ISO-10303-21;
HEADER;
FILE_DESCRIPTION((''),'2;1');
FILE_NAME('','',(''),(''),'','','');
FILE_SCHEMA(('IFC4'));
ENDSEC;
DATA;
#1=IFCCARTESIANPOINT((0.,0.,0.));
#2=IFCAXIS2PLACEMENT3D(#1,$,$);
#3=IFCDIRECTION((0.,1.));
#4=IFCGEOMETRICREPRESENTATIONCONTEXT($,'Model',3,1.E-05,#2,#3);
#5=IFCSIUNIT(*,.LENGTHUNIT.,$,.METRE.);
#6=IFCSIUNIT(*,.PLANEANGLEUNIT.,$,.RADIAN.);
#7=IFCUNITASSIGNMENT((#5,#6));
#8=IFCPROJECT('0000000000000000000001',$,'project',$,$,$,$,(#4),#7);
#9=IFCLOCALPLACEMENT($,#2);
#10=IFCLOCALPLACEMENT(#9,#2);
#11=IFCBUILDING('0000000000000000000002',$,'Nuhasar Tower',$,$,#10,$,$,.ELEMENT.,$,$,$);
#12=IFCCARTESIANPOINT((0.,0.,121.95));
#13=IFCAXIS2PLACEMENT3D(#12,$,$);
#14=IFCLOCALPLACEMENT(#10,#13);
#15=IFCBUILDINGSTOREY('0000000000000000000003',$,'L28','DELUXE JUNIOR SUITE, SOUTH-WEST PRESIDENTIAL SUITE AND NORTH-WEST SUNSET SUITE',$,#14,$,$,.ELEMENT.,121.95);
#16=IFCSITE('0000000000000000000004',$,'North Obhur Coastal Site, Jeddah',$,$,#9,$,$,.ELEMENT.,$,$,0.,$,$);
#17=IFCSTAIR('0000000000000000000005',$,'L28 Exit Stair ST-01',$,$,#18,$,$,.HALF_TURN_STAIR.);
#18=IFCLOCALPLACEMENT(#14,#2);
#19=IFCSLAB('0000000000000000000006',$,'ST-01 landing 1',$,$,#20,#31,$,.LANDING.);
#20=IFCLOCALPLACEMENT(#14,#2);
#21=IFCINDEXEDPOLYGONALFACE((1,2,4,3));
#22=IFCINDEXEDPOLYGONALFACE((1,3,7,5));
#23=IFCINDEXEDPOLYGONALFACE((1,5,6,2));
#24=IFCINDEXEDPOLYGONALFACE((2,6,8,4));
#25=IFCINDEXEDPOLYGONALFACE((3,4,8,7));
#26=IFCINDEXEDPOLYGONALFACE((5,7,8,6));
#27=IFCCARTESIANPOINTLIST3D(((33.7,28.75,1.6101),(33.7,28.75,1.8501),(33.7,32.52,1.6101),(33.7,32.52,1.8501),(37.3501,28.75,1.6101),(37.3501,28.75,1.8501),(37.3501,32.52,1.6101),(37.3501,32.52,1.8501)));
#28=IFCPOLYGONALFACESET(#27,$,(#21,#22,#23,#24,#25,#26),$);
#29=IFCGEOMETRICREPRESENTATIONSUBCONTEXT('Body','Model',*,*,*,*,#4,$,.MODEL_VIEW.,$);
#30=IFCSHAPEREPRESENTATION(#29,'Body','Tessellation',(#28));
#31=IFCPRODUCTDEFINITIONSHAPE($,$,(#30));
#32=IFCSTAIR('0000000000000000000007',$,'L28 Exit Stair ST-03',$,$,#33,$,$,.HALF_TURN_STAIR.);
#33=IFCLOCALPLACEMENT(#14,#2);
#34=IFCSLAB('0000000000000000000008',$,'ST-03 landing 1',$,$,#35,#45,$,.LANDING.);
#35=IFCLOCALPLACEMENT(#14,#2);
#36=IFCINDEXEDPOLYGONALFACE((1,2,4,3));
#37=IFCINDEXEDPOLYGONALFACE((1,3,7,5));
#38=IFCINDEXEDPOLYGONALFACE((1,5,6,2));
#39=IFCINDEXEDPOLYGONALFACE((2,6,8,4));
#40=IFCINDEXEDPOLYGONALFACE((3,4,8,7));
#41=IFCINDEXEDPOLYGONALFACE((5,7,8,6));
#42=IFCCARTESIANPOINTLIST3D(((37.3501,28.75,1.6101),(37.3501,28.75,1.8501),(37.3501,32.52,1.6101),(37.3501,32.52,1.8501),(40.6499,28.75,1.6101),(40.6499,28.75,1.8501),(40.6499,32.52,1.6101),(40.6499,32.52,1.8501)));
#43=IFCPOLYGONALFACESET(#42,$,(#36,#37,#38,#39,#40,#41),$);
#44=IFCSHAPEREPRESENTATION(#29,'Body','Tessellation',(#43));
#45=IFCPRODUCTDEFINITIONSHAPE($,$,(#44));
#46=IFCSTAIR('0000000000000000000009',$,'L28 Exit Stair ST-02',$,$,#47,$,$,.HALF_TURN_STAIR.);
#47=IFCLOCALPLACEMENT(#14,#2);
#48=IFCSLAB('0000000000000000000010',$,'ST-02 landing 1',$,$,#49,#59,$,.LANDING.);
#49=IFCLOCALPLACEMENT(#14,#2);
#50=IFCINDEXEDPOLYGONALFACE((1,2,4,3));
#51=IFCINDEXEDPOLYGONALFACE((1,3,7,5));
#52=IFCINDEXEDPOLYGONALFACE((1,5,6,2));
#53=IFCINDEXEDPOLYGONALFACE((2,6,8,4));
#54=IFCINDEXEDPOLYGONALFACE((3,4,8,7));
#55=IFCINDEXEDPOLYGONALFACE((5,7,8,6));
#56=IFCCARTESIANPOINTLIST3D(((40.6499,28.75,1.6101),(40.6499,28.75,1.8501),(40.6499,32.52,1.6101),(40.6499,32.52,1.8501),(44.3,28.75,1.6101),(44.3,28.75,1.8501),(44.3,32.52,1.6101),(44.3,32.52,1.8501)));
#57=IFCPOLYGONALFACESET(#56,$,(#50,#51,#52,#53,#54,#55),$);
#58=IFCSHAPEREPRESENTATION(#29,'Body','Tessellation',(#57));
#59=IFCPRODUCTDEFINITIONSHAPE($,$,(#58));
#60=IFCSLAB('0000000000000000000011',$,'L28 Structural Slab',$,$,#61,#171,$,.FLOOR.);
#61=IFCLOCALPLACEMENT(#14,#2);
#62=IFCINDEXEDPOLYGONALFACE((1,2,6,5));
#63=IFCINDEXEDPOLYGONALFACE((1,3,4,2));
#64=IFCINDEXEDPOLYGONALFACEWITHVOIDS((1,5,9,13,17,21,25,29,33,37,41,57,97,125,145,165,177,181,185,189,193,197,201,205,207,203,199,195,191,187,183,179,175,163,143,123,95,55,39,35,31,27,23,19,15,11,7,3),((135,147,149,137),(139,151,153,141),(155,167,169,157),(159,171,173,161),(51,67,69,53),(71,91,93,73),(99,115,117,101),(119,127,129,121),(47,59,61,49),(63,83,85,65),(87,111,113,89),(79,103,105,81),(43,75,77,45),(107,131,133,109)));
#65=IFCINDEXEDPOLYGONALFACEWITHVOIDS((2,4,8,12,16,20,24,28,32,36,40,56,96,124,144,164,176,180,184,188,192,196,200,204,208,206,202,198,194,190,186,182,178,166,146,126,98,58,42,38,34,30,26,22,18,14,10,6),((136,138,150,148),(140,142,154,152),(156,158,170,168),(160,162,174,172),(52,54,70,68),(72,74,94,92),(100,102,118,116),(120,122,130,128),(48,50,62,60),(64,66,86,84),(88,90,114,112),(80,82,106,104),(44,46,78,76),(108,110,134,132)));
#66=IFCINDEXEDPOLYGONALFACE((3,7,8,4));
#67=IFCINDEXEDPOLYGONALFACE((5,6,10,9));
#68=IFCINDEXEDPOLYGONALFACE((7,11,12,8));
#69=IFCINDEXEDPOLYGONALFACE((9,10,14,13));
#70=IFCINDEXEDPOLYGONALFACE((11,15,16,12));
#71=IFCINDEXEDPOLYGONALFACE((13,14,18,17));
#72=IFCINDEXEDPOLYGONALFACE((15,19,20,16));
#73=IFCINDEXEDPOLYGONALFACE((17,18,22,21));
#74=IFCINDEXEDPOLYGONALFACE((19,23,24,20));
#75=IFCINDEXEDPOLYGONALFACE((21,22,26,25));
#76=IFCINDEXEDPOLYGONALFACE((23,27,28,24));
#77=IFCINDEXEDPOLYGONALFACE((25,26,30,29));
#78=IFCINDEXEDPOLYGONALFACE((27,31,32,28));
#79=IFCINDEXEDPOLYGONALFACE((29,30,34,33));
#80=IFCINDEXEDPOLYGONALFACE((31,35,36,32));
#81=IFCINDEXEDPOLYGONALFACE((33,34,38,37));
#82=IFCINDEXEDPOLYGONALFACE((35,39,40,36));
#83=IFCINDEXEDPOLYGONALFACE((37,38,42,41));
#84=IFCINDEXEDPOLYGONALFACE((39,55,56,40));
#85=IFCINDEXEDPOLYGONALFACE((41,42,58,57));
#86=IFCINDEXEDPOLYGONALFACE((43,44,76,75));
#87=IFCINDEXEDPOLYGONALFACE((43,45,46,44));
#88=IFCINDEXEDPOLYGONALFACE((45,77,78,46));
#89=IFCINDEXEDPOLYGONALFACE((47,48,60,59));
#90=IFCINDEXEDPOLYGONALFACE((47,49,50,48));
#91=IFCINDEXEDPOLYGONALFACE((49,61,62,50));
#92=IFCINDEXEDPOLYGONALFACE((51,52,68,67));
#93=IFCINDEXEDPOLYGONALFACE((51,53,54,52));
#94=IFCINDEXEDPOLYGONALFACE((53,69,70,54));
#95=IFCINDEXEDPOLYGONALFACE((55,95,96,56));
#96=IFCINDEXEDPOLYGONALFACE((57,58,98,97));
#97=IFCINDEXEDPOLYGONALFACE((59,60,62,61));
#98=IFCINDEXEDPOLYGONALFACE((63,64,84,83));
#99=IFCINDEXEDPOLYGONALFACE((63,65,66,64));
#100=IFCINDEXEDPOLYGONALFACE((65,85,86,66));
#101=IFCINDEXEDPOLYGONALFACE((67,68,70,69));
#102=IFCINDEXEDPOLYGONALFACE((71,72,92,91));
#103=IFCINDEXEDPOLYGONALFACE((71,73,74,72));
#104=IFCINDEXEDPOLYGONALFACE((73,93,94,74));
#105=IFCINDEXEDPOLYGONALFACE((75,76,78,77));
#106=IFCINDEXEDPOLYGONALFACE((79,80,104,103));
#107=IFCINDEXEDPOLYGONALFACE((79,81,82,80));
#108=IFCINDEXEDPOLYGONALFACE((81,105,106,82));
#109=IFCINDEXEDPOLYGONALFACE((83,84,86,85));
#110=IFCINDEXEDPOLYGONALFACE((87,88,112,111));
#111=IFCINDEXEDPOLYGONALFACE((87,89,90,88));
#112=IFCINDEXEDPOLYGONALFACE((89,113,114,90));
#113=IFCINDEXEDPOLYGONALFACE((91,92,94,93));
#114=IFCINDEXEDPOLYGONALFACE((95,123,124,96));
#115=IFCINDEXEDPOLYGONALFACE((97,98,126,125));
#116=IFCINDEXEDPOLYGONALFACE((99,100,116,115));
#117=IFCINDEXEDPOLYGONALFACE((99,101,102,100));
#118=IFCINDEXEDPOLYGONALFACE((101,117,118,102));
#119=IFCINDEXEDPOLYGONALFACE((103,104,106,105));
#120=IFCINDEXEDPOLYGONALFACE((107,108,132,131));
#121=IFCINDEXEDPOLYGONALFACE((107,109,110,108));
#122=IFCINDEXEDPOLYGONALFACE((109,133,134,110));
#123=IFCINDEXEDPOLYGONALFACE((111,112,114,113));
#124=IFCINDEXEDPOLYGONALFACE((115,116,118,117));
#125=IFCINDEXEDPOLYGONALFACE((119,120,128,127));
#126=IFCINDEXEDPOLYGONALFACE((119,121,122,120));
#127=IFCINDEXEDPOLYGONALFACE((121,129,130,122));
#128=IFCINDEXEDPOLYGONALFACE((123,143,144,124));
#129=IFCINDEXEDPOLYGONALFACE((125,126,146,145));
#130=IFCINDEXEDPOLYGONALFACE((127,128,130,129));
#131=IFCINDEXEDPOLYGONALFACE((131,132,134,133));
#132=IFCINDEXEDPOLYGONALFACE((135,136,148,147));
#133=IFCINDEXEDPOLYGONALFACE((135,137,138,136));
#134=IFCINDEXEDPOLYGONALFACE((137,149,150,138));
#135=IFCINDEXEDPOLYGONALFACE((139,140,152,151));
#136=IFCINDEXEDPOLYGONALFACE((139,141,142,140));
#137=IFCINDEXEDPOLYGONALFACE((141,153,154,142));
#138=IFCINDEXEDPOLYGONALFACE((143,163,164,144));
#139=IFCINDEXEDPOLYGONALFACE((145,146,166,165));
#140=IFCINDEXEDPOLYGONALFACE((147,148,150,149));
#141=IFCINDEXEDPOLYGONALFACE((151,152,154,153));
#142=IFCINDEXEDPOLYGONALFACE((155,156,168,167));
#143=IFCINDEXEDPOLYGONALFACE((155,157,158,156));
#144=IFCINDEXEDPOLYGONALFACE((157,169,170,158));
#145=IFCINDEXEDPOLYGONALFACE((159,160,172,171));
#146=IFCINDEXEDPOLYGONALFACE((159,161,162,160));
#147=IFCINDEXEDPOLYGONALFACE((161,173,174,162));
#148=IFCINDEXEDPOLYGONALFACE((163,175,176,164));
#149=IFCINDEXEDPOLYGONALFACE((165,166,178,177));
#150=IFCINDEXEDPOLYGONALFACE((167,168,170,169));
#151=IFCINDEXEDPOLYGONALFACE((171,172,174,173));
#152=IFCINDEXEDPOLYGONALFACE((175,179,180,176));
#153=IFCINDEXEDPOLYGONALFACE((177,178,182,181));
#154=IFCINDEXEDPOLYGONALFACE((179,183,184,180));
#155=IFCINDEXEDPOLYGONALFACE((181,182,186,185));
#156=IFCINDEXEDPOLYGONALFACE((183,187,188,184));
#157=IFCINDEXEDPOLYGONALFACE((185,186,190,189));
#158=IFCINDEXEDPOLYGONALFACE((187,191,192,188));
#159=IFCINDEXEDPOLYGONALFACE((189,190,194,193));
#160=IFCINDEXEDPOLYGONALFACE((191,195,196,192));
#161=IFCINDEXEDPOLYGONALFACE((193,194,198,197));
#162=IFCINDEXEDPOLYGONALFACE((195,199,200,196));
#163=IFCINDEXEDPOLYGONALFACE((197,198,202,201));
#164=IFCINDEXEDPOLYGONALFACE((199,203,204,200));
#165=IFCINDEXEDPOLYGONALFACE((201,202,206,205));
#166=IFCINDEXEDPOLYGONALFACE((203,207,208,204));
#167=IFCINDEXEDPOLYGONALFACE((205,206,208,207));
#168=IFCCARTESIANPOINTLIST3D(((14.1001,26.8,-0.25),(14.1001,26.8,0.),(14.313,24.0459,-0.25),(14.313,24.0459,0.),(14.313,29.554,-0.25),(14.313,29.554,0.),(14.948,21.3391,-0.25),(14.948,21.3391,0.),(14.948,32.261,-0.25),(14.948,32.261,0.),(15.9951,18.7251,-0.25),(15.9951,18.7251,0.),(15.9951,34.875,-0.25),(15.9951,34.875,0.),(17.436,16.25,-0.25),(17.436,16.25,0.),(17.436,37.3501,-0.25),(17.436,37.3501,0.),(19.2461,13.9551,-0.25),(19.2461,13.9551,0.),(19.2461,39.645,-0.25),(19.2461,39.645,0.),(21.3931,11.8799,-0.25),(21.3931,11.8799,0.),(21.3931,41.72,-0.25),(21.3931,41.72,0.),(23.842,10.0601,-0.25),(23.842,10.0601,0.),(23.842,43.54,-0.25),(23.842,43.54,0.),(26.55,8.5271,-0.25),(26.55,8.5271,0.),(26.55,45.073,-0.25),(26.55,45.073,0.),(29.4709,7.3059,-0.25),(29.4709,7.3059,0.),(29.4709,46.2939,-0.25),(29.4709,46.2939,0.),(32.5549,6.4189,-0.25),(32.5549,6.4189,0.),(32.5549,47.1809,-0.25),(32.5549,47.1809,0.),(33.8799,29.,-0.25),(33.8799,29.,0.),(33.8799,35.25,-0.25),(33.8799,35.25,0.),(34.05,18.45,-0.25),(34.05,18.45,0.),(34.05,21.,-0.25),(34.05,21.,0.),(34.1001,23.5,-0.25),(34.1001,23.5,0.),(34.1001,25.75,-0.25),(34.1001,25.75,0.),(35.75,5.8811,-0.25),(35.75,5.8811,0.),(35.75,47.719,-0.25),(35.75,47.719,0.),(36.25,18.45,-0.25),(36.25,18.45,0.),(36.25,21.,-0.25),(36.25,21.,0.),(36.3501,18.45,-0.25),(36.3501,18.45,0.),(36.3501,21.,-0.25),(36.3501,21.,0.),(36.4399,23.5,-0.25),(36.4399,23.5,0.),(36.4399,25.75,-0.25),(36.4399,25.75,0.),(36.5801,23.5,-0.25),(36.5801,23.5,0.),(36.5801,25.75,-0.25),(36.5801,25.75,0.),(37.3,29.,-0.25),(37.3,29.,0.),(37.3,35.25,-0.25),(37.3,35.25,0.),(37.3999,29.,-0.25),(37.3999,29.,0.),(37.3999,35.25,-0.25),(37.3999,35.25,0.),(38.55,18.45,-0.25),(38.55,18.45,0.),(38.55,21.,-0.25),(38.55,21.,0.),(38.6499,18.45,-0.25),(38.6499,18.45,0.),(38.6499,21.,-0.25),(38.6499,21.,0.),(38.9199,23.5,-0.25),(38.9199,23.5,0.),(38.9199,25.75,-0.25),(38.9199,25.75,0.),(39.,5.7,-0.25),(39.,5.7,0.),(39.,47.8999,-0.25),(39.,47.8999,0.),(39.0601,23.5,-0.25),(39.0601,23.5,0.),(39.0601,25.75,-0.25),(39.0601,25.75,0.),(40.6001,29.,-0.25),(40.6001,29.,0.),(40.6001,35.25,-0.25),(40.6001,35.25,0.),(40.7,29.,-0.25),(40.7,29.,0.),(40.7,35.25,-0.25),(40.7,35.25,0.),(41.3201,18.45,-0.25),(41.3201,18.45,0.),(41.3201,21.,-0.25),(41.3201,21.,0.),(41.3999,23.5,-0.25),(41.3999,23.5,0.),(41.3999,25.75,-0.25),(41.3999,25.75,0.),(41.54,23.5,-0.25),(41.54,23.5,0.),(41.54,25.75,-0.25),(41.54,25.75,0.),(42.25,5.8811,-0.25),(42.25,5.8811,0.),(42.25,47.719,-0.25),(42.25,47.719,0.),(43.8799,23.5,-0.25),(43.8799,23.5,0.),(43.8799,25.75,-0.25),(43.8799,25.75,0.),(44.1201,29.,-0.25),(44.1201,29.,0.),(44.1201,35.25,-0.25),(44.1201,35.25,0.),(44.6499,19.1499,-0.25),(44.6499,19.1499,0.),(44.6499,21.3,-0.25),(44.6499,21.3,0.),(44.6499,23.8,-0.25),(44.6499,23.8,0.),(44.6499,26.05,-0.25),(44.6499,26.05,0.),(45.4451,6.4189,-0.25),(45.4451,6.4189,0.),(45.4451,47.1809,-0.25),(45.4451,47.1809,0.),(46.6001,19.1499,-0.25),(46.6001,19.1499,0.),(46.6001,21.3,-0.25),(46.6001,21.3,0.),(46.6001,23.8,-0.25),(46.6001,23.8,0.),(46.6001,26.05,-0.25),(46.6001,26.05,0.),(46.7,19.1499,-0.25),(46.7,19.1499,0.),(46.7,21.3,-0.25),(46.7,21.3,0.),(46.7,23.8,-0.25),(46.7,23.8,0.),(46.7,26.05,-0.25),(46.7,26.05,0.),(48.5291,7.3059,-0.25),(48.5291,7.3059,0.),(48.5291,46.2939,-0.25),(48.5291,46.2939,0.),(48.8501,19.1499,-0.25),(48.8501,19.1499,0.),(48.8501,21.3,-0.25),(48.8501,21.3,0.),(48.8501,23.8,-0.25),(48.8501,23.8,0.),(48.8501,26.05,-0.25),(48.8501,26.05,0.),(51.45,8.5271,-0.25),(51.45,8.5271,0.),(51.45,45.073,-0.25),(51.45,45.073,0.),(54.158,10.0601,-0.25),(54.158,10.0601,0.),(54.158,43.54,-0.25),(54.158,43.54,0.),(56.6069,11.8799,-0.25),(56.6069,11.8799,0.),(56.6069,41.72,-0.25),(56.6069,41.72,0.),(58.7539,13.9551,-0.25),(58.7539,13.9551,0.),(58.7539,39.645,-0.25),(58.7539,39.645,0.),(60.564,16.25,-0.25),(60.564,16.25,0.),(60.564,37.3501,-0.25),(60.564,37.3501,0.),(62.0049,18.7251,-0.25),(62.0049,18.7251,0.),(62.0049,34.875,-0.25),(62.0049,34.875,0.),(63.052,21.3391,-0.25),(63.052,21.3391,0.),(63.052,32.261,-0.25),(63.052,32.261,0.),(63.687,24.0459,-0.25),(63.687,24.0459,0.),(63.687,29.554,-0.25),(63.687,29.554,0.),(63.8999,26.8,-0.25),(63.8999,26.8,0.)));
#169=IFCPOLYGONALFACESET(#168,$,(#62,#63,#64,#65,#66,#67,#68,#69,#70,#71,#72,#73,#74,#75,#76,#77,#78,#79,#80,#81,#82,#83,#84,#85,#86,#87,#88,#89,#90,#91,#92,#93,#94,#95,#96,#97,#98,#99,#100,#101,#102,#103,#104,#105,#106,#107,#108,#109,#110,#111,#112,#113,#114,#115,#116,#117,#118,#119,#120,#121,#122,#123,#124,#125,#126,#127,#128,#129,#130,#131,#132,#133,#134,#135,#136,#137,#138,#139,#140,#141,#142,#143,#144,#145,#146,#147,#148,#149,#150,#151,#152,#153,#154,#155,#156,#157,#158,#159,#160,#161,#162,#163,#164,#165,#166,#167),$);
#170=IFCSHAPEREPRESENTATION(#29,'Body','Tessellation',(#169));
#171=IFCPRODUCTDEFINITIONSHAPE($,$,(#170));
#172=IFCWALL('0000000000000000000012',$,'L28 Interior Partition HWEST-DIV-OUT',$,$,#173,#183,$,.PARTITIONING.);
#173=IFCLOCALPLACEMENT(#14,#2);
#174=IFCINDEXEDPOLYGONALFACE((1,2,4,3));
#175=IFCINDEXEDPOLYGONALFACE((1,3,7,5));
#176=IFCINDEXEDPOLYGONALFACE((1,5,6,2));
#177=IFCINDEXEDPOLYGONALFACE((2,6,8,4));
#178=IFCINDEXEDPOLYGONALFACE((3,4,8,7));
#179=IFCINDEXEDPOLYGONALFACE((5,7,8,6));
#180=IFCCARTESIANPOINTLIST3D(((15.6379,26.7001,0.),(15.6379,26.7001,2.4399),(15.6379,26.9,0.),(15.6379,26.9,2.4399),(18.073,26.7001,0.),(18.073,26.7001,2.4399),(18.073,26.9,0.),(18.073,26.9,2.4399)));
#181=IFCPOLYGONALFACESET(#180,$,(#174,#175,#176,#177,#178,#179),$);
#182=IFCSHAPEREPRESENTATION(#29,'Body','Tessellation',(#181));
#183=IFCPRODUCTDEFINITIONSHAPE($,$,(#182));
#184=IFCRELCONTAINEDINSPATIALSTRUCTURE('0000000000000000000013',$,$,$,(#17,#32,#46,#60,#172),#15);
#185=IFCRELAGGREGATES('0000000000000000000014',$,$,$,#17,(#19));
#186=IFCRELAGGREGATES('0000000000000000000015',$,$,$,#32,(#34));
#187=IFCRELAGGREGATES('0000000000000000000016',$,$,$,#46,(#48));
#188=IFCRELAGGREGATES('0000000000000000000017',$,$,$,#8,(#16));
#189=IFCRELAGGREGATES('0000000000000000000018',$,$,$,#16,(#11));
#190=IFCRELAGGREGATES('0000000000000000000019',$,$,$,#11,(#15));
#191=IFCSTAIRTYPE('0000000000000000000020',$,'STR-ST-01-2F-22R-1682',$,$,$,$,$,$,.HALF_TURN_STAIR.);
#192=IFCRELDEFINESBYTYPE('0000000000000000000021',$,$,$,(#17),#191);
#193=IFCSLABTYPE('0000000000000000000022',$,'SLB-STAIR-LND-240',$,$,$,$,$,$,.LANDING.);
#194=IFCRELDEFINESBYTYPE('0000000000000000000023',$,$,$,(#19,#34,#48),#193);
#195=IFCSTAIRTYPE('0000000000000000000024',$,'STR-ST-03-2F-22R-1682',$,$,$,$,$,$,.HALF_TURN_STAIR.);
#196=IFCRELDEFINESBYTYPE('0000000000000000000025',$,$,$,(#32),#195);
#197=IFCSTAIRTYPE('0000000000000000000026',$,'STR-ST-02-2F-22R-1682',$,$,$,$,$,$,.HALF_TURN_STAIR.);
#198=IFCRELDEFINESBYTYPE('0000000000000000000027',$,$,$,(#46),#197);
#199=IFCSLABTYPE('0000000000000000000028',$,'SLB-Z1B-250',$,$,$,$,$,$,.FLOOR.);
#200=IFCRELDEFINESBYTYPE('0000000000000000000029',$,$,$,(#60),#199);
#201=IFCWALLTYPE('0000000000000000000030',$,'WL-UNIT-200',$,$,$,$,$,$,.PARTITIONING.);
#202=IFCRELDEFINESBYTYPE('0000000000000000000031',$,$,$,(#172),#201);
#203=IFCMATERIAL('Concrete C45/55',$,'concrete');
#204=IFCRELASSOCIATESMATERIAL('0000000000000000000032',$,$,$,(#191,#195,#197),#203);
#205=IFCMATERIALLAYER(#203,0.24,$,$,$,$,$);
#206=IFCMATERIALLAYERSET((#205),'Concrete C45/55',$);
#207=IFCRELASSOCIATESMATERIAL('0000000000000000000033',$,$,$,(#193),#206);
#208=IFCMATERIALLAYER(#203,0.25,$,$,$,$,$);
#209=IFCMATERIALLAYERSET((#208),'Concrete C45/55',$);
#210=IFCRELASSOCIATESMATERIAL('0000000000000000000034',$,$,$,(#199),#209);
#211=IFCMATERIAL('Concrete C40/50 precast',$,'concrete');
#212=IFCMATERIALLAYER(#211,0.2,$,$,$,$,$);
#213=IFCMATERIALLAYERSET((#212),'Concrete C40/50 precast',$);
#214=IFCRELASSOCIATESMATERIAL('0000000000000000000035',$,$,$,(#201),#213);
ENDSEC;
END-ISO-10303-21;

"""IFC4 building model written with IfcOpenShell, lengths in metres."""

from ifc_helpers import new_model, si_unit, direction, frame, frame_2d, origin, place, context, subcontext, project, spatial, polyline, rectangle, outline, extrude, material, layer, layer_set, type_object, element, aggregate, save


model = new_model("IFC4")

# Units and contexts
model_context = context("Model", 3, precision=1e-05, world=origin(), true_north=direction((0.0, 1.0)))
body_context = subcontext(model_context, "Body", "Model", "MODEL_VIEW")
ifc_project = project(units=[si_unit("LENGTHUNIT", "METRE"), si_unit("PLANEANGLEUNIT", "RADIAN")], contexts=[model_context])

# Site, building, storey
site_placement = place(None, origin())
site = spatial("IfcSite", under=ifc_project, at=site_placement, Name="North Obhur Coastal Site, Jeddah", CompositionType="ELEMENT", RefElevation=0.0)
building_placement = place(site_placement, origin())
building = spatial("IfcBuilding", under=site, at=building_placement, Name="Nuhasar Tower", CompositionType="ELEMENT")
storey_placement = place(building_placement, frame((0.0, 0.0, 121.95)))
storey = spatial("IfcBuildingStorey", under=building, at=storey_placement, Name="L28", Description="DELUXE JUNIOR SUITE, SOUTH-WEST PRESIDENTIAL SUITE AND NORTH-WEST SUNSET SUITE", CompositionType="ELEMENT", Elevation=121.95)

# Stairs, slabs
ifc_material_1 = material(Name="Concrete C45/55", Category="concrete")
stair_type_1 = type_object("IfcStairType", Name="STR-ST-01-2F-22R-1682", PredefinedType="HALF_TURN_STAIR", material=ifc_material_1)
stair_1_placement = place(storey_placement, origin())
stair_1 = element("IfcStair", 1, at=stair_1_placement, inside=storey, type_object=stair_type_1, Name="L28 Exit Stair ST-01", PredefinedType="HALF_TURN_STAIR")
ifc_layer_1 = layer(ifc_material_1, 0.24)
ifc_layer_set_1 = layer_set([ifc_layer_1], Name="Concrete C45/55")
slab_type_1 = type_object("IfcSlabType", Name="SLB-STAIR-LND-240", PredefinedType="LANDING", material=ifc_layer_set_1)
slab_1_placement = place(storey_placement, frame((0.0, 0.0, 1.6101)))
slab_1 = element("IfcSlab", 2, at=slab_1_placement, type_object=slab_type_1, Name="ST-01 landing 1", PredefinedType="LANDING", context=body_context, shape_type="SweptSolid", body=[
    extrude(outline(polyline([(33.7, 28.75), (37.3501, 28.75), (37.3501, 32.52), (33.7, 32.52), (33.7, 28.75)])), origin(), (0.0, 0.0, 1.0), 0.24),
])
aggregate(stair_1, [slab_1])
stair_type_2 = type_object("IfcStairType", Name="STR-ST-03-2F-22R-1682", PredefinedType="HALF_TURN_STAIR", material=ifc_material_1)
stair_2_placement = place(storey_placement, origin())
stair_2 = element("IfcStair", 3, at=stair_2_placement, inside=storey, type_object=stair_type_2, Name="L28 Exit Stair ST-03", PredefinedType="HALF_TURN_STAIR")
slab_2_placement = place(storey_placement, frame((0.0, 0.0, 1.6101)))
slab_2 = element("IfcSlab", 4, at=slab_2_placement, type_object=slab_type_1, Name="ST-03 landing 1", PredefinedType="LANDING", context=body_context, shape_type="SweptSolid", body=[
    extrude(outline(polyline([(37.3501, 28.75), (40.6499, 28.75), (40.6499, 32.52), (37.3501, 32.52), (37.3501, 28.75)])), origin(), (0.0, 0.0, 1.0), 0.24),
])
aggregate(stair_2, [slab_2])
stair_type_3 = type_object("IfcStairType", Name="STR-ST-02-2F-22R-1682", PredefinedType="HALF_TURN_STAIR", material=ifc_material_1)
stair_3_placement = place(storey_placement, origin())
stair_3 = element("IfcStair", 5, at=stair_3_placement, inside=storey, type_object=stair_type_3, Name="L28 Exit Stair ST-02", PredefinedType="HALF_TURN_STAIR")
slab_3_placement = place(storey_placement, frame((0.0, 0.0, 1.6101)))
slab_3 = element("IfcSlab", 6, at=slab_3_placement, type_object=slab_type_1, Name="ST-02 landing 1", PredefinedType="LANDING", context=body_context, shape_type="SweptSolid", body=[
    extrude(outline(polyline([(40.6499, 28.75), (44.3, 28.75), (44.3, 32.52), (40.6499, 32.52), (40.6499, 28.75)])), origin(), (0.0, 0.0, 1.0), 0.24),
])
aggregate(stair_3, [slab_3])

# Slab
ifc_layer_2 = layer(ifc_material_1, 0.25)
ifc_layer_set_2 = layer_set([ifc_layer_2], Name="Concrete C45/55")
slab_type_2 = type_object("IfcSlabType", Name="SLB-Z1B-250", PredefinedType="FLOOR", material=ifc_layer_set_2)
slab_4_placement = place(storey_placement, frame((0.0, 0.0, -0.25)))
element("IfcSlab", 7, at=slab_4_placement, inside=storey, type_object=slab_type_2, Name="L28 Structural Slab", PredefinedType="FLOOR", context=body_context, shape_type="SweptSolid", body=[
    extrude(outline(polyline([(63.8999, 26.8), (63.687, 29.554), (63.052, 32.261), (62.0049, 34.875), (60.564, 37.3501), (58.7539, 39.645), (56.6069, 41.72), (54.158, 43.54), (51.45, 45.073), (48.5291, 46.2939), (45.4451, 47.1809), (42.25, 47.719), (39.0, 47.8999), (35.75, 47.719), (32.5549, 47.1809), (29.4709, 46.2939), (26.55, 45.073), (23.842, 43.54), (21.3931, 41.72), (19.2461, 39.645), (17.436, 37.3501), (15.9951, 34.875), (14.948, 32.261), (14.313, 29.554), (14.1001, 26.8), (14.313, 24.0459), (14.948, 21.3391), (15.9951, 18.7251), (17.436, 16.25), (19.2461, 13.9551), (21.3931, 11.8799), (23.842, 10.0601), (26.55, 8.5271), (29.4709, 7.3059), (32.5549, 6.4189), (35.75, 5.8811), (39.0, 5.7), (42.25, 5.8811), (45.4451, 6.4189), (48.5291, 7.3059), (51.45, 8.5271), (54.158, 10.0601), (56.6069, 11.8799), (58.7539, 13.9551), (60.564, 16.25), (62.0049, 18.7251), (63.052, 21.3391), (63.687, 24.0459), (63.8999, 26.8)]), holes=[polyline([(33.8799, 35.25), (37.3, 35.25), (37.3, 29.0), (33.8799, 29.0), (33.8799, 35.25)]), polyline([(37.3999, 35.25), (40.6001, 35.25), (40.6001, 29.0), (37.3999, 29.0), (37.3999, 35.25)]), polyline([(40.7, 35.25), (44.1201, 35.25), (44.1201, 29.0), (40.7, 29.0), (40.7, 35.25)]), polyline([(44.6499, 26.05), (46.6001, 26.05), (46.6001, 23.8), (44.6499, 23.8), (44.6499, 26.05)]), polyline([(46.7, 26.05), (48.8501, 26.05), (48.8501, 23.8), (46.7, 23.8), (46.7, 26.05)]), polyline([(44.6499, 21.3), (46.6001, 21.3), (46.6001, 19.1499), (44.6499, 19.1499), (44.6499, 21.3)]), polyline([(46.7, 21.3), (48.8501, 21.3), (48.8501, 19.1499), (46.7, 19.1499), (46.7, 21.3)]), polyline([(34.1001, 25.75), (36.4399, 25.75), (36.4399, 23.5), (34.1001, 23.5), (34.1001, 25.75)]), polyline([(36.5801, 25.75), (38.9199, 25.75), (38.9199, 23.5), (36.5801, 23.5), (36.5801, 25.75)]), polyline([(39.0601, 25.75), (41.3999, 25.75), (41.3999, 23.5), (39.0601, 23.5), (39.0601, 25.75)]), polyline([(41.54, 25.75), (43.8799, 25.75), (43.8799, 23.5), (41.54, 23.5), (41.54, 25.75)]), polyline([(34.05, 21.0), (36.25, 21.0), (36.25, 18.45), (34.05, 18.45), (34.05, 21.0)]), polyline([(36.3501, 21.0), (38.55, 21.0), (38.55, 18.45), (36.3501, 18.45), (36.3501, 21.0)]), polyline([(38.6499, 21.0), (41.3201, 21.0), (41.3201, 18.45), (38.6499, 18.45), (38.6499, 21.0)])]), origin(), (0.0, 0.0, 1.0), 0.25),
])

# Wall
ifc_material_2 = material(Name="Concrete C40/50 precast", Category="concrete")
ifc_layer_3 = layer(ifc_material_2, 0.2)
ifc_layer_set_3 = layer_set([ifc_layer_3], Name="Concrete C40/50 precast")
wall_type = type_object("IfcWallType", Name="WL-UNIT-200", PredefinedType="PARTITIONING", material=ifc_layer_set_3)
wall_1_placement = place(storey_placement, frame((18.073, 26.8, 0.0), z_axis=(0.0, 0.0, 1.0), x_axis=(-1.0, 0.0, 0.0)))
element("IfcWall", 8, at=wall_1_placement, inside=storey, type_object=wall_type, Name="L28 Interior Partition HWEST-DIV-OUT", PredefinedType="PARTITIONING", context=body_context, shape_type="SweptSolid", body=[
    extrude(rectangle(XDim=2.4351, YDim=0.2, at=frame_2d((1.2175, 0.0))), origin(), (0.0, 0.0, 1.0), 2.4399),
])

save(model, "model.ifc")
